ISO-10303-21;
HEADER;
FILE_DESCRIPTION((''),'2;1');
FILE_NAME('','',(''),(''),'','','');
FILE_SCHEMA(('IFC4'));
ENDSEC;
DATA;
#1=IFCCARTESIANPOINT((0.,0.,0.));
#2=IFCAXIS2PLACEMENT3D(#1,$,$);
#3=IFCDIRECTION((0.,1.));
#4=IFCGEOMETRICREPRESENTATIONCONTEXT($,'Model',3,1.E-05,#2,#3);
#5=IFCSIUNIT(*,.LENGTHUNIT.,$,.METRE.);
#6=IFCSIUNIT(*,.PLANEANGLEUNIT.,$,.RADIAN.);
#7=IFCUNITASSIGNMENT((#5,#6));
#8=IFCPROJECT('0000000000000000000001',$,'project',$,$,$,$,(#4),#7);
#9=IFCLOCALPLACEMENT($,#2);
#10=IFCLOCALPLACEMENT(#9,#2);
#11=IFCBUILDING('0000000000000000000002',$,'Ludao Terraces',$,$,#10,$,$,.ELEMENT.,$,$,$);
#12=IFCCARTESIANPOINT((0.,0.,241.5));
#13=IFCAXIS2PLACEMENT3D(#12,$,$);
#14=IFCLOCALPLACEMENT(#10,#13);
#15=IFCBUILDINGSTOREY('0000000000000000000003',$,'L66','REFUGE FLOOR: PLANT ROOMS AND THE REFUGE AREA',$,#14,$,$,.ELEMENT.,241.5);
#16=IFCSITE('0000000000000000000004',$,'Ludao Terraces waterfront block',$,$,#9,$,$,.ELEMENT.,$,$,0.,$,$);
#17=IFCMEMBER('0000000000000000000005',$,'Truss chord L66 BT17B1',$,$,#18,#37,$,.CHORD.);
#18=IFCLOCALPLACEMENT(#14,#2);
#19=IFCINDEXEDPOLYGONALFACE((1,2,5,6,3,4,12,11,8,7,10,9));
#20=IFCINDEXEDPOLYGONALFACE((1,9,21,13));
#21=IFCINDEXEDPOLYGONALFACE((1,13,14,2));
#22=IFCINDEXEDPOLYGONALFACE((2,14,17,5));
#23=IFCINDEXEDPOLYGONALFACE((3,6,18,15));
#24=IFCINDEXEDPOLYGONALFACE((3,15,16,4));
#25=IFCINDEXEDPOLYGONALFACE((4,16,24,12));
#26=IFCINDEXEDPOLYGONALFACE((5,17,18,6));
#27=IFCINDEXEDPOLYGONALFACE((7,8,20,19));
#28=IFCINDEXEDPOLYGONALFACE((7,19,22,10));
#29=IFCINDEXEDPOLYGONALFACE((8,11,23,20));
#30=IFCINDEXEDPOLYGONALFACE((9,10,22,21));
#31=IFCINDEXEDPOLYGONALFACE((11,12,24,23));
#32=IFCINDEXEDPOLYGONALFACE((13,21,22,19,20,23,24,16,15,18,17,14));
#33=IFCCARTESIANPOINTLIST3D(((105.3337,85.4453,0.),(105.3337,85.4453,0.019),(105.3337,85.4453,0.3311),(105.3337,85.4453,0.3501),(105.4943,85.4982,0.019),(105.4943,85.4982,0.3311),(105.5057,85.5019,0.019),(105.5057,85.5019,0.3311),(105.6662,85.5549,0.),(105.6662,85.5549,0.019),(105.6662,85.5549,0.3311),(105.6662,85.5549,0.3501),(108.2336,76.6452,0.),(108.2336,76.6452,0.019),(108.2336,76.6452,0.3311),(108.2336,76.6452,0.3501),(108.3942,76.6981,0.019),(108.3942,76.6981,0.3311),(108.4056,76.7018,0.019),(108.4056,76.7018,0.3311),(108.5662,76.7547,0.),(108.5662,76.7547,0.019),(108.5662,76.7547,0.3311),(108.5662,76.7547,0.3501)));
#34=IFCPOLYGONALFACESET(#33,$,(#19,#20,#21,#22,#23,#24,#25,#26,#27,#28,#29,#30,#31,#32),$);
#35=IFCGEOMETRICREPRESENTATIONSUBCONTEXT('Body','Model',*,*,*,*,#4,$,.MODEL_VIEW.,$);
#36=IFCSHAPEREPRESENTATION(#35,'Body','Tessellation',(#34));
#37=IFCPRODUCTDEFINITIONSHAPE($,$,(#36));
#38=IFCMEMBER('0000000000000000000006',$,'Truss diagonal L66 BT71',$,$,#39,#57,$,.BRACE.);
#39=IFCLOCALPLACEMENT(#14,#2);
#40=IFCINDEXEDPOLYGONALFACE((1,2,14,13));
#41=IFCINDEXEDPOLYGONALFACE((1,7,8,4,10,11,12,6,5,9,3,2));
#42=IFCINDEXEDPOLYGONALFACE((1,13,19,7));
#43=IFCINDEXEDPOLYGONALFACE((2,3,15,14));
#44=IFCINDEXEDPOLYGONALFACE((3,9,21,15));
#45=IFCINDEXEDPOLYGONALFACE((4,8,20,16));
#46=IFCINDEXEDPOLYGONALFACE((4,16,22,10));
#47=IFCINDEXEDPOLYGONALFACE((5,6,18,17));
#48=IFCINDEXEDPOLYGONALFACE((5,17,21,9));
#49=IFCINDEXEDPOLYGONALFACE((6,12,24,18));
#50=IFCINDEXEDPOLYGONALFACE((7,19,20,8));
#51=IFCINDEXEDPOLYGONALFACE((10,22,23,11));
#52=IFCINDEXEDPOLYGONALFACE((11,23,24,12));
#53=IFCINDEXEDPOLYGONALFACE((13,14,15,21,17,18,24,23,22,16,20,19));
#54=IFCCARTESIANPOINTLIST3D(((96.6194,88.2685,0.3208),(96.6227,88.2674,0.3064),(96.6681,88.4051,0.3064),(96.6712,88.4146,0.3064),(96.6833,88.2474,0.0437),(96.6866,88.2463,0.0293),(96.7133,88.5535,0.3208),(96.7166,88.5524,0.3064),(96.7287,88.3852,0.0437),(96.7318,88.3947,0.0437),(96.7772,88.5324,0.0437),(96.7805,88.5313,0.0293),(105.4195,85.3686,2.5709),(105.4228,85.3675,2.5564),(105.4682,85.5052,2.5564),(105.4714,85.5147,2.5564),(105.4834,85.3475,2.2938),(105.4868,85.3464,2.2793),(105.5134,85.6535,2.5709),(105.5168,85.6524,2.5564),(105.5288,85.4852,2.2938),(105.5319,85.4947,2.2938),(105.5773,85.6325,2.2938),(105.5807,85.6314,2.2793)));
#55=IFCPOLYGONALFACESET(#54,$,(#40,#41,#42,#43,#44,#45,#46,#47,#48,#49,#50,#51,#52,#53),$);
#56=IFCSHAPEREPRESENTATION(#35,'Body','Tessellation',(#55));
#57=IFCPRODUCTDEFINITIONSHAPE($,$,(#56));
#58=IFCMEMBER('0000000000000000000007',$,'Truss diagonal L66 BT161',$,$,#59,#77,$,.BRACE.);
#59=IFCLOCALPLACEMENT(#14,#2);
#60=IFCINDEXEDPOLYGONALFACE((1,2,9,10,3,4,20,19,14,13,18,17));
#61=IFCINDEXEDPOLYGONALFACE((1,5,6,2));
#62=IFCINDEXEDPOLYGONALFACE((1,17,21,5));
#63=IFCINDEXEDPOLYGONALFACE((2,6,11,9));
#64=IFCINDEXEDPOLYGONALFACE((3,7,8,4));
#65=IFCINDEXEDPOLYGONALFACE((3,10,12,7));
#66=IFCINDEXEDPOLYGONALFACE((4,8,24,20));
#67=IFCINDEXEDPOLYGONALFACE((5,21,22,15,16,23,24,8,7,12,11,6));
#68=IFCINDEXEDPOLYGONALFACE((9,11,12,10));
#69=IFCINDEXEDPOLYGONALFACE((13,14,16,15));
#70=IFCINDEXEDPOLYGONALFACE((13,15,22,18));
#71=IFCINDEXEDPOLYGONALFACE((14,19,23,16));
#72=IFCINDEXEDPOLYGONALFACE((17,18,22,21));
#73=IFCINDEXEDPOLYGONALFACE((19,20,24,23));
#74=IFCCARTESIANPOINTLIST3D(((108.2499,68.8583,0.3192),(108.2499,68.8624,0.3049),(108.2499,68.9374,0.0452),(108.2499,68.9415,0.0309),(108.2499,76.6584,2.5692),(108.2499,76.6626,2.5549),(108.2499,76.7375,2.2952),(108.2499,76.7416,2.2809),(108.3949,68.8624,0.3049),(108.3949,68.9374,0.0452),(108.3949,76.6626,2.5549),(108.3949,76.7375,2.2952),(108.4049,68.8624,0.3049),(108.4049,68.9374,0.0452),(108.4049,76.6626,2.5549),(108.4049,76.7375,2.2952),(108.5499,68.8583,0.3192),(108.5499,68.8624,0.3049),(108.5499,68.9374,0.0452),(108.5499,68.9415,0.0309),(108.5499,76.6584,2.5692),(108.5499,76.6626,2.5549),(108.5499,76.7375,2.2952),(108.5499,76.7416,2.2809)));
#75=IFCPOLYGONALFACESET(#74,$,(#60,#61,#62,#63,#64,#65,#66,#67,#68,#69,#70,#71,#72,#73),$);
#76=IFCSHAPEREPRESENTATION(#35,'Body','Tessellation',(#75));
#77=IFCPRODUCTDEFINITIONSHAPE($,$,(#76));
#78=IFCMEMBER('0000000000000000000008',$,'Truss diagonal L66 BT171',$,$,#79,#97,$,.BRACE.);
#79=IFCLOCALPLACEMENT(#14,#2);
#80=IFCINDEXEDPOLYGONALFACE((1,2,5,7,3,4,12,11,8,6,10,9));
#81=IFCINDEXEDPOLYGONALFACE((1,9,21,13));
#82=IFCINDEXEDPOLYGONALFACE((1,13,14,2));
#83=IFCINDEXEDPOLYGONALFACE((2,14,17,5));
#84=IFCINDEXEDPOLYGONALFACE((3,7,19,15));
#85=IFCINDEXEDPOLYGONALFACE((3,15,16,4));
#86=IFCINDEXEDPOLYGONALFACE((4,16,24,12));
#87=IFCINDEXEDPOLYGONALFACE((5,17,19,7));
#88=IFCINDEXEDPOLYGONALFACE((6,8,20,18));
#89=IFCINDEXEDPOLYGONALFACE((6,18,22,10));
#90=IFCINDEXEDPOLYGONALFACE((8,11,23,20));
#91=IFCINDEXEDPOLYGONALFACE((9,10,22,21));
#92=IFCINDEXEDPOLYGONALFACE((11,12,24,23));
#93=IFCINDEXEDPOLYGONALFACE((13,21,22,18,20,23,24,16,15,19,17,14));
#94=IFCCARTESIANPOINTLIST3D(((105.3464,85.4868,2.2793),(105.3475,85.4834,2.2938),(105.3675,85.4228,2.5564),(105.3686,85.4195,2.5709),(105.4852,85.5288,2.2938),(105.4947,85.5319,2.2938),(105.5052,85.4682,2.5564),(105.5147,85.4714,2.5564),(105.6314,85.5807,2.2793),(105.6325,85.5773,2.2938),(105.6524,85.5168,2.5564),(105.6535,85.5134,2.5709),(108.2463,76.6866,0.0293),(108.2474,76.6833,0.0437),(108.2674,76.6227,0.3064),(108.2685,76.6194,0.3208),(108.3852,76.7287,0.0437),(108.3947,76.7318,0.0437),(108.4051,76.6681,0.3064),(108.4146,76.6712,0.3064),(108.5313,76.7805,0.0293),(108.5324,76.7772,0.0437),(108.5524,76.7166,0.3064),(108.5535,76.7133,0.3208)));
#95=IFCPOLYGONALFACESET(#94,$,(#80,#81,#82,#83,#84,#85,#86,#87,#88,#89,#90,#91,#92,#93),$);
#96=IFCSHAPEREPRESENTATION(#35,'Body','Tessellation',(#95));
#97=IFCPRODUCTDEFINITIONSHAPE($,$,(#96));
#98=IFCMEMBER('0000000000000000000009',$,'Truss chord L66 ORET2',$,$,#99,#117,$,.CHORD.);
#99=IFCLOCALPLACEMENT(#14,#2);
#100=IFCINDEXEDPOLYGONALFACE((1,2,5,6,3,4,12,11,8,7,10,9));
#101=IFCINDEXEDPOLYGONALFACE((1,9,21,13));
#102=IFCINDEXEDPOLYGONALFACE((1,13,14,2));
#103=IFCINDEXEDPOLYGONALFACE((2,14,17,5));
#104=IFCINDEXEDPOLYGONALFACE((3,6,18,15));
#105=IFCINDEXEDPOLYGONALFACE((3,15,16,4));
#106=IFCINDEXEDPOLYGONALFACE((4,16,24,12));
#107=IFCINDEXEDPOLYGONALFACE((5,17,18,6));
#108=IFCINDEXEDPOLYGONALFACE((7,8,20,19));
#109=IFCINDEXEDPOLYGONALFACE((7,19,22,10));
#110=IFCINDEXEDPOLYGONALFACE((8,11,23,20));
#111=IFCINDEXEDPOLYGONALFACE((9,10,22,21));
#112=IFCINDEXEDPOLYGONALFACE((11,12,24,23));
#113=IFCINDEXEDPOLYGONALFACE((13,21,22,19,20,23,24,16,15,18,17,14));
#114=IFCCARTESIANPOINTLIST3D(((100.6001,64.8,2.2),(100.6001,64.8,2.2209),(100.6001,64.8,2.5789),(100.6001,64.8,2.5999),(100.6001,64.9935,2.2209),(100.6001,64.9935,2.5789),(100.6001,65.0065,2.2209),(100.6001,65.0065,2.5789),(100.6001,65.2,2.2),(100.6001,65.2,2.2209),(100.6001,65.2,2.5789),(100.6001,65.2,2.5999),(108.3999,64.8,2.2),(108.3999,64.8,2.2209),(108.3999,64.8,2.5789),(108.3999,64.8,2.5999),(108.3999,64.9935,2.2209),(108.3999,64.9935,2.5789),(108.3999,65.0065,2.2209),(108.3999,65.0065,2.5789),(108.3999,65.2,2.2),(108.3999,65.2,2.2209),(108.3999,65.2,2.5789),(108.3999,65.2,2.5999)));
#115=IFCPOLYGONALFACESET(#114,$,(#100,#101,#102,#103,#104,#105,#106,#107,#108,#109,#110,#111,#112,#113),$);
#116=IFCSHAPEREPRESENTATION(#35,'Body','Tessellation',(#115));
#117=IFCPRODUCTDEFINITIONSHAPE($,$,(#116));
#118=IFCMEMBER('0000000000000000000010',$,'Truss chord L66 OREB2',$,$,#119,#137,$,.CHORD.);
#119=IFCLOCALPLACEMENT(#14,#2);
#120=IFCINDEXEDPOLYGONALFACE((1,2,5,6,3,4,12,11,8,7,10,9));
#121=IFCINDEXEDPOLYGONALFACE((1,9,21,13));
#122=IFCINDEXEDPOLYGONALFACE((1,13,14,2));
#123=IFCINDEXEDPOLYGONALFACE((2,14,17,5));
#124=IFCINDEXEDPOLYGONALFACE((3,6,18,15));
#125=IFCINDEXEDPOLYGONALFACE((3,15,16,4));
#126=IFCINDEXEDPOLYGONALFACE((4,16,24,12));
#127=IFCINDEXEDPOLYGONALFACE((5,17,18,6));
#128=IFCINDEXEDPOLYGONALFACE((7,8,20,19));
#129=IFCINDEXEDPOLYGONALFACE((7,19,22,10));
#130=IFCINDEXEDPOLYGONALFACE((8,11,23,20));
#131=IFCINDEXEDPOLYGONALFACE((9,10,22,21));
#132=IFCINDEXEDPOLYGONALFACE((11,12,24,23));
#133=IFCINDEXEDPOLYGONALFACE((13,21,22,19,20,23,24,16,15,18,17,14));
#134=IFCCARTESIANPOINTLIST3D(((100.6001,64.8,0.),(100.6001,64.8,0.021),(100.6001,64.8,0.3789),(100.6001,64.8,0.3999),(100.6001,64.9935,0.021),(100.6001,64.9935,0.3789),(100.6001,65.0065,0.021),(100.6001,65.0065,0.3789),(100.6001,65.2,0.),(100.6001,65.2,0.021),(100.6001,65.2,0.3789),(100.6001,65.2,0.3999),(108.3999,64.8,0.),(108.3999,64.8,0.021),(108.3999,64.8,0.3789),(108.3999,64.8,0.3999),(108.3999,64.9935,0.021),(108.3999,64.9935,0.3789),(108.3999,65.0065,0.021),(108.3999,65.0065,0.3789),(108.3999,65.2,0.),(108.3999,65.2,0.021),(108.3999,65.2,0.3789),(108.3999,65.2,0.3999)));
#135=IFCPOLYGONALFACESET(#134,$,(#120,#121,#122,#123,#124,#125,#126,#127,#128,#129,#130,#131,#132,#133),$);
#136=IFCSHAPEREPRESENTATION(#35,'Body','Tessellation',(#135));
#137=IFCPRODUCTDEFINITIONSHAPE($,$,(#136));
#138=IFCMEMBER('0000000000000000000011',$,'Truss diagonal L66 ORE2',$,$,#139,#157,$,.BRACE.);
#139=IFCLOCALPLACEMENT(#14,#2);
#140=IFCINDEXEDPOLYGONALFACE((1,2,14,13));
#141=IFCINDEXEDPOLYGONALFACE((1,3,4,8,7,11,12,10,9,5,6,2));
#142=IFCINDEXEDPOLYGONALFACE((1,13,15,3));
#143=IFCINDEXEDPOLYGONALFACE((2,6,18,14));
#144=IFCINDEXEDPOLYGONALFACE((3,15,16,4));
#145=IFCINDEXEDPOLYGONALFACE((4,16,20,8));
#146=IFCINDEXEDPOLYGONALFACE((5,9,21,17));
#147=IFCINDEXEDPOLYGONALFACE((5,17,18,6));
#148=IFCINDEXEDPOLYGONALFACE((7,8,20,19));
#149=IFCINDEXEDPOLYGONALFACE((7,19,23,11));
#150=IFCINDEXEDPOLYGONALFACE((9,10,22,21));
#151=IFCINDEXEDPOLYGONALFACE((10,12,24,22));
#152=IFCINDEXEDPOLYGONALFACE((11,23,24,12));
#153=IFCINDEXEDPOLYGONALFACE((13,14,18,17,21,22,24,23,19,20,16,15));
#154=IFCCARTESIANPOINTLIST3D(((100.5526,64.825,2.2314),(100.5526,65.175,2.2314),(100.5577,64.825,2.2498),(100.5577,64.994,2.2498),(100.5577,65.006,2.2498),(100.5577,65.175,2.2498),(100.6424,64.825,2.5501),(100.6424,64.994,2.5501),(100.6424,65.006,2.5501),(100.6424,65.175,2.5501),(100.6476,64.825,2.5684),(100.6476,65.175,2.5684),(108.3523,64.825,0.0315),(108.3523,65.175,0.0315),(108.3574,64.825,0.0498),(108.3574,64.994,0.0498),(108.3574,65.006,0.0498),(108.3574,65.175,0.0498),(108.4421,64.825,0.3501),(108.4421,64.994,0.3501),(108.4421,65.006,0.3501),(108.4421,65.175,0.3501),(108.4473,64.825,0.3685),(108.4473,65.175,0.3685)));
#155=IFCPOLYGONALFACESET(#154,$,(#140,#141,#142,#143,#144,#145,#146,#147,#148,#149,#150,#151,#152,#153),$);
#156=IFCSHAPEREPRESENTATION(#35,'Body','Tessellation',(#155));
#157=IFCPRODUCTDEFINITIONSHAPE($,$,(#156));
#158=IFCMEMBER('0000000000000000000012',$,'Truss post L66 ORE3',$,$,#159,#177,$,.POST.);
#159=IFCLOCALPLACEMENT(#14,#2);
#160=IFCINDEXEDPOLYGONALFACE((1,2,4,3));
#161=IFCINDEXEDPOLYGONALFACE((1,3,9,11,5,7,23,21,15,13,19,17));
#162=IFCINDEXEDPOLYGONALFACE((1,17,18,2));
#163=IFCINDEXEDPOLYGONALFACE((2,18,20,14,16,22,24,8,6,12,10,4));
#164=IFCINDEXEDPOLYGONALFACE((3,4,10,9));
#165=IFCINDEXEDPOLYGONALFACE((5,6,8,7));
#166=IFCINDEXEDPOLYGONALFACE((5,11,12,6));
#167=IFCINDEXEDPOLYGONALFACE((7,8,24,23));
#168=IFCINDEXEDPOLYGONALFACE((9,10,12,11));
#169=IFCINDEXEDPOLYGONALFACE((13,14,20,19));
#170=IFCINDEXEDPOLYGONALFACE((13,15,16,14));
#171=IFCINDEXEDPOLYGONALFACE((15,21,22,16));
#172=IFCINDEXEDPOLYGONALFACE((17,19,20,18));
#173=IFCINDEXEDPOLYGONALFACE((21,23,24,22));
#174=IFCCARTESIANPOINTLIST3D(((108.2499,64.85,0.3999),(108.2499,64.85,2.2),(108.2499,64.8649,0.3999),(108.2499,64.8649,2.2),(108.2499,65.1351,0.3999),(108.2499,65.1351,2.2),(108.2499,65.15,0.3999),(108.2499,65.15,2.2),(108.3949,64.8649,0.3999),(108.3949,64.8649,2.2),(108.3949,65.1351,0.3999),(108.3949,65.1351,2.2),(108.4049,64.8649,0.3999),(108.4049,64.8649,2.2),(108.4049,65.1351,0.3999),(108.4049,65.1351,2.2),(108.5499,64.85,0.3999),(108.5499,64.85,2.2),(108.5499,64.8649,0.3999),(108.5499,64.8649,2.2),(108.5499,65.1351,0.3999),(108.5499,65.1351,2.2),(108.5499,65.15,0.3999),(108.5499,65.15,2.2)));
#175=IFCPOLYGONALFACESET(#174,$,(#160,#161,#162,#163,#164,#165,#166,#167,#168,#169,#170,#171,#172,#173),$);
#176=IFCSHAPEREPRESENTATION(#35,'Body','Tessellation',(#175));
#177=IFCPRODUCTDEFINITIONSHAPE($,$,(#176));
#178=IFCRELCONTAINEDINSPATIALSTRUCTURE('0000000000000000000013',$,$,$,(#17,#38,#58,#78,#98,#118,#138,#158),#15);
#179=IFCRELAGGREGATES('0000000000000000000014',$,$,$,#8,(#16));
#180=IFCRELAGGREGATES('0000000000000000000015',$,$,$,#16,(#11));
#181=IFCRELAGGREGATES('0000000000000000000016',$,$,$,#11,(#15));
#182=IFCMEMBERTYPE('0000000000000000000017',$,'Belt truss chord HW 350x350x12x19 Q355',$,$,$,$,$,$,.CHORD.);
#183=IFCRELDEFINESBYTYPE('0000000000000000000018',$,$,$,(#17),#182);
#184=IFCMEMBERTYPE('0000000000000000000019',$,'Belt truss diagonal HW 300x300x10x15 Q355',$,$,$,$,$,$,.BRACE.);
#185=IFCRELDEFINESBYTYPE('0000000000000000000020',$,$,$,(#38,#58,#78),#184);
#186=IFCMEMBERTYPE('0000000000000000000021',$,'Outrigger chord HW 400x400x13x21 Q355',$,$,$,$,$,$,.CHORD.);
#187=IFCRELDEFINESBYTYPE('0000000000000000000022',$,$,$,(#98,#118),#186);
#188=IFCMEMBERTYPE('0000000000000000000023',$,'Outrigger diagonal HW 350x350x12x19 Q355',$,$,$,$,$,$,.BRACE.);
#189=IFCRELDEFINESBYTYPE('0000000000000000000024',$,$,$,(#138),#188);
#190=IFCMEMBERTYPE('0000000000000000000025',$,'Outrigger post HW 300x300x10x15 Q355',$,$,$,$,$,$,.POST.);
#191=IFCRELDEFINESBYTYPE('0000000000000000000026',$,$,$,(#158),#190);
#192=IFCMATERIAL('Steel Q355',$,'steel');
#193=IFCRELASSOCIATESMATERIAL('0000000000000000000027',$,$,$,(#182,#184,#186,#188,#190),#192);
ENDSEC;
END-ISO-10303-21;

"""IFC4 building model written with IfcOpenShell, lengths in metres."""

from ifc_helpers import new_model, si_unit, direction, frame, origin, origin_2d, place, context, subcontext, project, spatial, i_section, extrude, material, material_profile, profile_set, type_object, element, save


model = new_model("IFC4")

# Units and contexts
model_context = context("Model", 3, precision=1e-05, world=origin(), true_north=direction((0.0, 1.0)))
body_context = subcontext(model_context, "Body", "Model", "MODEL_VIEW")
ifc_project = project(units=[si_unit("LENGTHUNIT", "METRE"), si_unit("PLANEANGLEUNIT", "RADIAN")], contexts=[model_context])

# Site, building, storey
site_placement = place(None, origin())
site = spatial("IfcSite", under=ifc_project, at=site_placement, Name="Ludao Terraces waterfront block", CompositionType="ELEMENT", RefElevation=0.0)
building_placement = place(site_placement, origin())
building = spatial("IfcBuilding", under=site, at=building_placement, Name="Ludao Terraces", CompositionType="ELEMENT")
storey_placement = place(building_placement, frame((0.0, 0.0, 241.5)))
storey = spatial("IfcBuildingStorey", under=building, at=storey_placement, Name="L66", Description="REFUGE FLOOR: PLANT ROOMS AND THE REFUGE AREA", CompositionType="ELEMENT", Elevation=241.5)

# Members
ifc_material_1 = material(Name="Steel Q355", Category="steel")
ifc_material_profile_1 = material_profile(ifc_material_1, i_section(OverallWidth=0.3501, OverallDepth=0.3501, WebThickness=0.012, FlangeThickness=0.019, at=origin_2d()), Name="HW 350X350X12X19")
ifc_profile_set_1 = profile_set([ifc_material_profile_1], Name="Steel Q355")
member_type_1 = type_object("IfcMemberType", Name="Belt truss chord HW 350x350x12x19 Q355", PredefinedType="CHORD", material=ifc_profile_set_1)
for number, where, z_axis, x_axis, name in (
    (1, (108.3999, 76.7, 0.175), (-0.312977, 0.949761, 0.0), (-0.949761, -0.312977, 0.0), "Truss chord L66 BT17B1"),
):
    element("IfcMember", number, at=place(storey_placement, frame(where, z_axis=z_axis, x_axis=x_axis)), inside=storey, type_object=member_type_1, Name=name, PredefinedType="CHORD", context=body_context, shape_type="SweptSolid", body=[
        extrude(i_section(OverallWidth=0.3501, OverallDepth=0.3501, WebThickness=0.012, FlangeThickness=0.019, at=origin_2d()), origin(), (0.0, 0.0, 1.0), 9.2656),
    ])
ifc_material_profile_2 = material_profile(ifc_material_1, i_section(OverallWidth=0.3, OverallDepth=0.3, WebThickness=0.01, FlangeThickness=0.0149, at=origin_2d()), Name="HW 300X300X10X15")
ifc_profile_set_2 = profile_set([ifc_material_profile_2], Name="Steel Q355")
member_type_2 = type_object("IfcMemberType", Name="Belt truss diagonal HW 300x300x10x15 Q355", PredefinedType="BRACE", material=ifc_profile_set_2)
member_1_placement = place(storey_placement, frame((96.7, 88.3999, 0.175), z_axis=(0.922938, -0.304138, 0.235977), x_axis=(0.312977, 0.949761, 0.0)))
element("IfcMember", 2, at=member_1_placement, inside=storey, type_object=member_type_2, Name="Truss diagonal L66 BT71", PredefinedType="BRACE", context=body_context, shape_type="SweptSolid", body=[
    extrude(i_section(OverallWidth=0.3, OverallDepth=0.3, WebThickness=0.01, FlangeThickness=0.0149, at=origin_2d()), origin(), (0.0, 0.0, 1.0), 9.5349),
])
member_2_placement = place(storey_placement, frame((108.3999, 68.8999, 0.175), z_axis=(0.0, 0.960824, 0.277159), x_axis=(-1.0, 0.0, 0.0)))
element("IfcMember", 3, at=member_2_placement, inside=storey, type_object=member_type_2, Name="Truss diagonal L66 BT161", PredefinedType="BRACE", context=body_context, shape_type="SweptSolid", body=[
    extrude(i_section(OverallWidth=0.3, OverallDepth=0.3, WebThickness=0.01, FlangeThickness=0.0149, at=origin_2d()), origin(), (0.0, 0.0, 1.0), 8.1182),
])
member_3_placement = place(storey_placement, frame((108.3999, 76.7, 0.175), z_axis=(-0.304138, 0.922938, 0.235977), x_axis=(-0.949761, -0.312977, 0.0)))
element("IfcMember", 4, at=member_3_placement, inside=storey, type_object=member_type_2, Name="Truss diagonal L66 BT171", PredefinedType="BRACE", context=body_context, shape_type="SweptSolid", body=[
    extrude(i_section(OverallWidth=0.3, OverallDepth=0.3, WebThickness=0.01, FlangeThickness=0.0149, at=origin_2d()), origin(), (0.0, 0.0, 1.0), 9.5349),
])
ifc_material_profile_3 = material_profile(ifc_material_1, i_section(OverallWidth=0.3999, OverallDepth=0.3999, WebThickness=0.0129, FlangeThickness=0.021, at=origin_2d()), Name="HW 400X400X13X21")
ifc_profile_set_3 = profile_set([ifc_material_profile_3], Name="Steel Q355")
member_type_3 = type_object("IfcMemberType", Name="Outrigger chord HW 400x400x13x21 Q355", PredefinedType="CHORD", material=ifc_profile_set_3)
for number, where, z_axis, x_axis, name in (
    (5, (100.6001, 65.0, 2.3999), (1.0, 0.0, 0.0), (0.0, 1.0, 0.0), "Truss chord L66 ORET2"),
    (6, (100.6001, 65.0, 0.2), (1.0, 0.0, 0.0), (0.0, 1.0, 0.0), "Truss chord L66 OREB2"),
):
    element("IfcMember", number, at=place(storey_placement, frame(where, z_axis=z_axis, x_axis=x_axis)), inside=storey, type_object=member_type_3, Name=name, PredefinedType="CHORD", context=body_context, shape_type="SweptSolid", body=[
        extrude(i_section(OverallWidth=0.3999, OverallDepth=0.3999, WebThickness=0.0129, FlangeThickness=0.021, at=origin_2d()), origin(), (0.0, 0.0, 1.0), 7.7998),
    ])
ifc_material_profile_4 = material_profile(ifc_material_1, i_section(OverallWidth=0.3501, OverallDepth=0.3501, WebThickness=0.012, FlangeThickness=0.019, at=origin_2d()), Name="HW 350X350X12X19")
ifc_profile_set_4 = profile_set([ifc_material_profile_4], Name="Steel Q355")
member_type_4 = type_object("IfcMemberType", Name="Outrigger diagonal HW 350x350x12x19 Q355", PredefinedType="BRACE", material=ifc_profile_set_4)
member_4_placement = place(storey_placement, frame((100.6001, 65.0, 2.3999), z_axis=(0.962449, 0.0, -0.271461), x_axis=(0.0, 1.0, 0.0)))
element("IfcMember", 7, at=member_4_placement, inside=storey, type_object=member_type_4, Name="Truss diagonal L66 ORE2", PredefinedType="BRACE", context=body_context, shape_type="SweptSolid", body=[
    extrude(i_section(OverallWidth=0.3501, OverallDepth=0.3501, WebThickness=0.012, FlangeThickness=0.019, at=origin_2d()), origin(), (0.0, 0.0, 1.0), 8.104),
])
ifc_material_profile_5 = material_profile(ifc_material_1, i_section(OverallWidth=0.3, OverallDepth=0.3, WebThickness=0.01, FlangeThickness=0.0149, at=origin_2d()), Name="HW 300X300X10X15")
ifc_profile_set_5 = profile_set([ifc_material_profile_5], Name="Steel Q355")
member_type_5 = type_object("IfcMemberType", Name="Outrigger post HW 300x300x10x15 Q355", PredefinedType="POST", material=ifc_profile_set_5)
member_5_placement = place(storey_placement, frame((108.3999, 65.0, 0.3999), z_axis=(0.0, 0.0, 1.0), x_axis=(1.0, 0.0, 0.0)))
element("IfcMember", 8, at=member_5_placement, inside=storey, type_object=member_type_5, Name="Truss post L66 ORE3", PredefinedType="POST", context=body_context, shape_type="SweptSolid", body=[
    extrude(i_section(OverallWidth=0.3, OverallDepth=0.3, WebThickness=0.01, FlangeThickness=0.0149, at=origin_2d()), origin(), (0.0, 0.0, 1.0), 1.8),
])

save(model, "model.ifc")
